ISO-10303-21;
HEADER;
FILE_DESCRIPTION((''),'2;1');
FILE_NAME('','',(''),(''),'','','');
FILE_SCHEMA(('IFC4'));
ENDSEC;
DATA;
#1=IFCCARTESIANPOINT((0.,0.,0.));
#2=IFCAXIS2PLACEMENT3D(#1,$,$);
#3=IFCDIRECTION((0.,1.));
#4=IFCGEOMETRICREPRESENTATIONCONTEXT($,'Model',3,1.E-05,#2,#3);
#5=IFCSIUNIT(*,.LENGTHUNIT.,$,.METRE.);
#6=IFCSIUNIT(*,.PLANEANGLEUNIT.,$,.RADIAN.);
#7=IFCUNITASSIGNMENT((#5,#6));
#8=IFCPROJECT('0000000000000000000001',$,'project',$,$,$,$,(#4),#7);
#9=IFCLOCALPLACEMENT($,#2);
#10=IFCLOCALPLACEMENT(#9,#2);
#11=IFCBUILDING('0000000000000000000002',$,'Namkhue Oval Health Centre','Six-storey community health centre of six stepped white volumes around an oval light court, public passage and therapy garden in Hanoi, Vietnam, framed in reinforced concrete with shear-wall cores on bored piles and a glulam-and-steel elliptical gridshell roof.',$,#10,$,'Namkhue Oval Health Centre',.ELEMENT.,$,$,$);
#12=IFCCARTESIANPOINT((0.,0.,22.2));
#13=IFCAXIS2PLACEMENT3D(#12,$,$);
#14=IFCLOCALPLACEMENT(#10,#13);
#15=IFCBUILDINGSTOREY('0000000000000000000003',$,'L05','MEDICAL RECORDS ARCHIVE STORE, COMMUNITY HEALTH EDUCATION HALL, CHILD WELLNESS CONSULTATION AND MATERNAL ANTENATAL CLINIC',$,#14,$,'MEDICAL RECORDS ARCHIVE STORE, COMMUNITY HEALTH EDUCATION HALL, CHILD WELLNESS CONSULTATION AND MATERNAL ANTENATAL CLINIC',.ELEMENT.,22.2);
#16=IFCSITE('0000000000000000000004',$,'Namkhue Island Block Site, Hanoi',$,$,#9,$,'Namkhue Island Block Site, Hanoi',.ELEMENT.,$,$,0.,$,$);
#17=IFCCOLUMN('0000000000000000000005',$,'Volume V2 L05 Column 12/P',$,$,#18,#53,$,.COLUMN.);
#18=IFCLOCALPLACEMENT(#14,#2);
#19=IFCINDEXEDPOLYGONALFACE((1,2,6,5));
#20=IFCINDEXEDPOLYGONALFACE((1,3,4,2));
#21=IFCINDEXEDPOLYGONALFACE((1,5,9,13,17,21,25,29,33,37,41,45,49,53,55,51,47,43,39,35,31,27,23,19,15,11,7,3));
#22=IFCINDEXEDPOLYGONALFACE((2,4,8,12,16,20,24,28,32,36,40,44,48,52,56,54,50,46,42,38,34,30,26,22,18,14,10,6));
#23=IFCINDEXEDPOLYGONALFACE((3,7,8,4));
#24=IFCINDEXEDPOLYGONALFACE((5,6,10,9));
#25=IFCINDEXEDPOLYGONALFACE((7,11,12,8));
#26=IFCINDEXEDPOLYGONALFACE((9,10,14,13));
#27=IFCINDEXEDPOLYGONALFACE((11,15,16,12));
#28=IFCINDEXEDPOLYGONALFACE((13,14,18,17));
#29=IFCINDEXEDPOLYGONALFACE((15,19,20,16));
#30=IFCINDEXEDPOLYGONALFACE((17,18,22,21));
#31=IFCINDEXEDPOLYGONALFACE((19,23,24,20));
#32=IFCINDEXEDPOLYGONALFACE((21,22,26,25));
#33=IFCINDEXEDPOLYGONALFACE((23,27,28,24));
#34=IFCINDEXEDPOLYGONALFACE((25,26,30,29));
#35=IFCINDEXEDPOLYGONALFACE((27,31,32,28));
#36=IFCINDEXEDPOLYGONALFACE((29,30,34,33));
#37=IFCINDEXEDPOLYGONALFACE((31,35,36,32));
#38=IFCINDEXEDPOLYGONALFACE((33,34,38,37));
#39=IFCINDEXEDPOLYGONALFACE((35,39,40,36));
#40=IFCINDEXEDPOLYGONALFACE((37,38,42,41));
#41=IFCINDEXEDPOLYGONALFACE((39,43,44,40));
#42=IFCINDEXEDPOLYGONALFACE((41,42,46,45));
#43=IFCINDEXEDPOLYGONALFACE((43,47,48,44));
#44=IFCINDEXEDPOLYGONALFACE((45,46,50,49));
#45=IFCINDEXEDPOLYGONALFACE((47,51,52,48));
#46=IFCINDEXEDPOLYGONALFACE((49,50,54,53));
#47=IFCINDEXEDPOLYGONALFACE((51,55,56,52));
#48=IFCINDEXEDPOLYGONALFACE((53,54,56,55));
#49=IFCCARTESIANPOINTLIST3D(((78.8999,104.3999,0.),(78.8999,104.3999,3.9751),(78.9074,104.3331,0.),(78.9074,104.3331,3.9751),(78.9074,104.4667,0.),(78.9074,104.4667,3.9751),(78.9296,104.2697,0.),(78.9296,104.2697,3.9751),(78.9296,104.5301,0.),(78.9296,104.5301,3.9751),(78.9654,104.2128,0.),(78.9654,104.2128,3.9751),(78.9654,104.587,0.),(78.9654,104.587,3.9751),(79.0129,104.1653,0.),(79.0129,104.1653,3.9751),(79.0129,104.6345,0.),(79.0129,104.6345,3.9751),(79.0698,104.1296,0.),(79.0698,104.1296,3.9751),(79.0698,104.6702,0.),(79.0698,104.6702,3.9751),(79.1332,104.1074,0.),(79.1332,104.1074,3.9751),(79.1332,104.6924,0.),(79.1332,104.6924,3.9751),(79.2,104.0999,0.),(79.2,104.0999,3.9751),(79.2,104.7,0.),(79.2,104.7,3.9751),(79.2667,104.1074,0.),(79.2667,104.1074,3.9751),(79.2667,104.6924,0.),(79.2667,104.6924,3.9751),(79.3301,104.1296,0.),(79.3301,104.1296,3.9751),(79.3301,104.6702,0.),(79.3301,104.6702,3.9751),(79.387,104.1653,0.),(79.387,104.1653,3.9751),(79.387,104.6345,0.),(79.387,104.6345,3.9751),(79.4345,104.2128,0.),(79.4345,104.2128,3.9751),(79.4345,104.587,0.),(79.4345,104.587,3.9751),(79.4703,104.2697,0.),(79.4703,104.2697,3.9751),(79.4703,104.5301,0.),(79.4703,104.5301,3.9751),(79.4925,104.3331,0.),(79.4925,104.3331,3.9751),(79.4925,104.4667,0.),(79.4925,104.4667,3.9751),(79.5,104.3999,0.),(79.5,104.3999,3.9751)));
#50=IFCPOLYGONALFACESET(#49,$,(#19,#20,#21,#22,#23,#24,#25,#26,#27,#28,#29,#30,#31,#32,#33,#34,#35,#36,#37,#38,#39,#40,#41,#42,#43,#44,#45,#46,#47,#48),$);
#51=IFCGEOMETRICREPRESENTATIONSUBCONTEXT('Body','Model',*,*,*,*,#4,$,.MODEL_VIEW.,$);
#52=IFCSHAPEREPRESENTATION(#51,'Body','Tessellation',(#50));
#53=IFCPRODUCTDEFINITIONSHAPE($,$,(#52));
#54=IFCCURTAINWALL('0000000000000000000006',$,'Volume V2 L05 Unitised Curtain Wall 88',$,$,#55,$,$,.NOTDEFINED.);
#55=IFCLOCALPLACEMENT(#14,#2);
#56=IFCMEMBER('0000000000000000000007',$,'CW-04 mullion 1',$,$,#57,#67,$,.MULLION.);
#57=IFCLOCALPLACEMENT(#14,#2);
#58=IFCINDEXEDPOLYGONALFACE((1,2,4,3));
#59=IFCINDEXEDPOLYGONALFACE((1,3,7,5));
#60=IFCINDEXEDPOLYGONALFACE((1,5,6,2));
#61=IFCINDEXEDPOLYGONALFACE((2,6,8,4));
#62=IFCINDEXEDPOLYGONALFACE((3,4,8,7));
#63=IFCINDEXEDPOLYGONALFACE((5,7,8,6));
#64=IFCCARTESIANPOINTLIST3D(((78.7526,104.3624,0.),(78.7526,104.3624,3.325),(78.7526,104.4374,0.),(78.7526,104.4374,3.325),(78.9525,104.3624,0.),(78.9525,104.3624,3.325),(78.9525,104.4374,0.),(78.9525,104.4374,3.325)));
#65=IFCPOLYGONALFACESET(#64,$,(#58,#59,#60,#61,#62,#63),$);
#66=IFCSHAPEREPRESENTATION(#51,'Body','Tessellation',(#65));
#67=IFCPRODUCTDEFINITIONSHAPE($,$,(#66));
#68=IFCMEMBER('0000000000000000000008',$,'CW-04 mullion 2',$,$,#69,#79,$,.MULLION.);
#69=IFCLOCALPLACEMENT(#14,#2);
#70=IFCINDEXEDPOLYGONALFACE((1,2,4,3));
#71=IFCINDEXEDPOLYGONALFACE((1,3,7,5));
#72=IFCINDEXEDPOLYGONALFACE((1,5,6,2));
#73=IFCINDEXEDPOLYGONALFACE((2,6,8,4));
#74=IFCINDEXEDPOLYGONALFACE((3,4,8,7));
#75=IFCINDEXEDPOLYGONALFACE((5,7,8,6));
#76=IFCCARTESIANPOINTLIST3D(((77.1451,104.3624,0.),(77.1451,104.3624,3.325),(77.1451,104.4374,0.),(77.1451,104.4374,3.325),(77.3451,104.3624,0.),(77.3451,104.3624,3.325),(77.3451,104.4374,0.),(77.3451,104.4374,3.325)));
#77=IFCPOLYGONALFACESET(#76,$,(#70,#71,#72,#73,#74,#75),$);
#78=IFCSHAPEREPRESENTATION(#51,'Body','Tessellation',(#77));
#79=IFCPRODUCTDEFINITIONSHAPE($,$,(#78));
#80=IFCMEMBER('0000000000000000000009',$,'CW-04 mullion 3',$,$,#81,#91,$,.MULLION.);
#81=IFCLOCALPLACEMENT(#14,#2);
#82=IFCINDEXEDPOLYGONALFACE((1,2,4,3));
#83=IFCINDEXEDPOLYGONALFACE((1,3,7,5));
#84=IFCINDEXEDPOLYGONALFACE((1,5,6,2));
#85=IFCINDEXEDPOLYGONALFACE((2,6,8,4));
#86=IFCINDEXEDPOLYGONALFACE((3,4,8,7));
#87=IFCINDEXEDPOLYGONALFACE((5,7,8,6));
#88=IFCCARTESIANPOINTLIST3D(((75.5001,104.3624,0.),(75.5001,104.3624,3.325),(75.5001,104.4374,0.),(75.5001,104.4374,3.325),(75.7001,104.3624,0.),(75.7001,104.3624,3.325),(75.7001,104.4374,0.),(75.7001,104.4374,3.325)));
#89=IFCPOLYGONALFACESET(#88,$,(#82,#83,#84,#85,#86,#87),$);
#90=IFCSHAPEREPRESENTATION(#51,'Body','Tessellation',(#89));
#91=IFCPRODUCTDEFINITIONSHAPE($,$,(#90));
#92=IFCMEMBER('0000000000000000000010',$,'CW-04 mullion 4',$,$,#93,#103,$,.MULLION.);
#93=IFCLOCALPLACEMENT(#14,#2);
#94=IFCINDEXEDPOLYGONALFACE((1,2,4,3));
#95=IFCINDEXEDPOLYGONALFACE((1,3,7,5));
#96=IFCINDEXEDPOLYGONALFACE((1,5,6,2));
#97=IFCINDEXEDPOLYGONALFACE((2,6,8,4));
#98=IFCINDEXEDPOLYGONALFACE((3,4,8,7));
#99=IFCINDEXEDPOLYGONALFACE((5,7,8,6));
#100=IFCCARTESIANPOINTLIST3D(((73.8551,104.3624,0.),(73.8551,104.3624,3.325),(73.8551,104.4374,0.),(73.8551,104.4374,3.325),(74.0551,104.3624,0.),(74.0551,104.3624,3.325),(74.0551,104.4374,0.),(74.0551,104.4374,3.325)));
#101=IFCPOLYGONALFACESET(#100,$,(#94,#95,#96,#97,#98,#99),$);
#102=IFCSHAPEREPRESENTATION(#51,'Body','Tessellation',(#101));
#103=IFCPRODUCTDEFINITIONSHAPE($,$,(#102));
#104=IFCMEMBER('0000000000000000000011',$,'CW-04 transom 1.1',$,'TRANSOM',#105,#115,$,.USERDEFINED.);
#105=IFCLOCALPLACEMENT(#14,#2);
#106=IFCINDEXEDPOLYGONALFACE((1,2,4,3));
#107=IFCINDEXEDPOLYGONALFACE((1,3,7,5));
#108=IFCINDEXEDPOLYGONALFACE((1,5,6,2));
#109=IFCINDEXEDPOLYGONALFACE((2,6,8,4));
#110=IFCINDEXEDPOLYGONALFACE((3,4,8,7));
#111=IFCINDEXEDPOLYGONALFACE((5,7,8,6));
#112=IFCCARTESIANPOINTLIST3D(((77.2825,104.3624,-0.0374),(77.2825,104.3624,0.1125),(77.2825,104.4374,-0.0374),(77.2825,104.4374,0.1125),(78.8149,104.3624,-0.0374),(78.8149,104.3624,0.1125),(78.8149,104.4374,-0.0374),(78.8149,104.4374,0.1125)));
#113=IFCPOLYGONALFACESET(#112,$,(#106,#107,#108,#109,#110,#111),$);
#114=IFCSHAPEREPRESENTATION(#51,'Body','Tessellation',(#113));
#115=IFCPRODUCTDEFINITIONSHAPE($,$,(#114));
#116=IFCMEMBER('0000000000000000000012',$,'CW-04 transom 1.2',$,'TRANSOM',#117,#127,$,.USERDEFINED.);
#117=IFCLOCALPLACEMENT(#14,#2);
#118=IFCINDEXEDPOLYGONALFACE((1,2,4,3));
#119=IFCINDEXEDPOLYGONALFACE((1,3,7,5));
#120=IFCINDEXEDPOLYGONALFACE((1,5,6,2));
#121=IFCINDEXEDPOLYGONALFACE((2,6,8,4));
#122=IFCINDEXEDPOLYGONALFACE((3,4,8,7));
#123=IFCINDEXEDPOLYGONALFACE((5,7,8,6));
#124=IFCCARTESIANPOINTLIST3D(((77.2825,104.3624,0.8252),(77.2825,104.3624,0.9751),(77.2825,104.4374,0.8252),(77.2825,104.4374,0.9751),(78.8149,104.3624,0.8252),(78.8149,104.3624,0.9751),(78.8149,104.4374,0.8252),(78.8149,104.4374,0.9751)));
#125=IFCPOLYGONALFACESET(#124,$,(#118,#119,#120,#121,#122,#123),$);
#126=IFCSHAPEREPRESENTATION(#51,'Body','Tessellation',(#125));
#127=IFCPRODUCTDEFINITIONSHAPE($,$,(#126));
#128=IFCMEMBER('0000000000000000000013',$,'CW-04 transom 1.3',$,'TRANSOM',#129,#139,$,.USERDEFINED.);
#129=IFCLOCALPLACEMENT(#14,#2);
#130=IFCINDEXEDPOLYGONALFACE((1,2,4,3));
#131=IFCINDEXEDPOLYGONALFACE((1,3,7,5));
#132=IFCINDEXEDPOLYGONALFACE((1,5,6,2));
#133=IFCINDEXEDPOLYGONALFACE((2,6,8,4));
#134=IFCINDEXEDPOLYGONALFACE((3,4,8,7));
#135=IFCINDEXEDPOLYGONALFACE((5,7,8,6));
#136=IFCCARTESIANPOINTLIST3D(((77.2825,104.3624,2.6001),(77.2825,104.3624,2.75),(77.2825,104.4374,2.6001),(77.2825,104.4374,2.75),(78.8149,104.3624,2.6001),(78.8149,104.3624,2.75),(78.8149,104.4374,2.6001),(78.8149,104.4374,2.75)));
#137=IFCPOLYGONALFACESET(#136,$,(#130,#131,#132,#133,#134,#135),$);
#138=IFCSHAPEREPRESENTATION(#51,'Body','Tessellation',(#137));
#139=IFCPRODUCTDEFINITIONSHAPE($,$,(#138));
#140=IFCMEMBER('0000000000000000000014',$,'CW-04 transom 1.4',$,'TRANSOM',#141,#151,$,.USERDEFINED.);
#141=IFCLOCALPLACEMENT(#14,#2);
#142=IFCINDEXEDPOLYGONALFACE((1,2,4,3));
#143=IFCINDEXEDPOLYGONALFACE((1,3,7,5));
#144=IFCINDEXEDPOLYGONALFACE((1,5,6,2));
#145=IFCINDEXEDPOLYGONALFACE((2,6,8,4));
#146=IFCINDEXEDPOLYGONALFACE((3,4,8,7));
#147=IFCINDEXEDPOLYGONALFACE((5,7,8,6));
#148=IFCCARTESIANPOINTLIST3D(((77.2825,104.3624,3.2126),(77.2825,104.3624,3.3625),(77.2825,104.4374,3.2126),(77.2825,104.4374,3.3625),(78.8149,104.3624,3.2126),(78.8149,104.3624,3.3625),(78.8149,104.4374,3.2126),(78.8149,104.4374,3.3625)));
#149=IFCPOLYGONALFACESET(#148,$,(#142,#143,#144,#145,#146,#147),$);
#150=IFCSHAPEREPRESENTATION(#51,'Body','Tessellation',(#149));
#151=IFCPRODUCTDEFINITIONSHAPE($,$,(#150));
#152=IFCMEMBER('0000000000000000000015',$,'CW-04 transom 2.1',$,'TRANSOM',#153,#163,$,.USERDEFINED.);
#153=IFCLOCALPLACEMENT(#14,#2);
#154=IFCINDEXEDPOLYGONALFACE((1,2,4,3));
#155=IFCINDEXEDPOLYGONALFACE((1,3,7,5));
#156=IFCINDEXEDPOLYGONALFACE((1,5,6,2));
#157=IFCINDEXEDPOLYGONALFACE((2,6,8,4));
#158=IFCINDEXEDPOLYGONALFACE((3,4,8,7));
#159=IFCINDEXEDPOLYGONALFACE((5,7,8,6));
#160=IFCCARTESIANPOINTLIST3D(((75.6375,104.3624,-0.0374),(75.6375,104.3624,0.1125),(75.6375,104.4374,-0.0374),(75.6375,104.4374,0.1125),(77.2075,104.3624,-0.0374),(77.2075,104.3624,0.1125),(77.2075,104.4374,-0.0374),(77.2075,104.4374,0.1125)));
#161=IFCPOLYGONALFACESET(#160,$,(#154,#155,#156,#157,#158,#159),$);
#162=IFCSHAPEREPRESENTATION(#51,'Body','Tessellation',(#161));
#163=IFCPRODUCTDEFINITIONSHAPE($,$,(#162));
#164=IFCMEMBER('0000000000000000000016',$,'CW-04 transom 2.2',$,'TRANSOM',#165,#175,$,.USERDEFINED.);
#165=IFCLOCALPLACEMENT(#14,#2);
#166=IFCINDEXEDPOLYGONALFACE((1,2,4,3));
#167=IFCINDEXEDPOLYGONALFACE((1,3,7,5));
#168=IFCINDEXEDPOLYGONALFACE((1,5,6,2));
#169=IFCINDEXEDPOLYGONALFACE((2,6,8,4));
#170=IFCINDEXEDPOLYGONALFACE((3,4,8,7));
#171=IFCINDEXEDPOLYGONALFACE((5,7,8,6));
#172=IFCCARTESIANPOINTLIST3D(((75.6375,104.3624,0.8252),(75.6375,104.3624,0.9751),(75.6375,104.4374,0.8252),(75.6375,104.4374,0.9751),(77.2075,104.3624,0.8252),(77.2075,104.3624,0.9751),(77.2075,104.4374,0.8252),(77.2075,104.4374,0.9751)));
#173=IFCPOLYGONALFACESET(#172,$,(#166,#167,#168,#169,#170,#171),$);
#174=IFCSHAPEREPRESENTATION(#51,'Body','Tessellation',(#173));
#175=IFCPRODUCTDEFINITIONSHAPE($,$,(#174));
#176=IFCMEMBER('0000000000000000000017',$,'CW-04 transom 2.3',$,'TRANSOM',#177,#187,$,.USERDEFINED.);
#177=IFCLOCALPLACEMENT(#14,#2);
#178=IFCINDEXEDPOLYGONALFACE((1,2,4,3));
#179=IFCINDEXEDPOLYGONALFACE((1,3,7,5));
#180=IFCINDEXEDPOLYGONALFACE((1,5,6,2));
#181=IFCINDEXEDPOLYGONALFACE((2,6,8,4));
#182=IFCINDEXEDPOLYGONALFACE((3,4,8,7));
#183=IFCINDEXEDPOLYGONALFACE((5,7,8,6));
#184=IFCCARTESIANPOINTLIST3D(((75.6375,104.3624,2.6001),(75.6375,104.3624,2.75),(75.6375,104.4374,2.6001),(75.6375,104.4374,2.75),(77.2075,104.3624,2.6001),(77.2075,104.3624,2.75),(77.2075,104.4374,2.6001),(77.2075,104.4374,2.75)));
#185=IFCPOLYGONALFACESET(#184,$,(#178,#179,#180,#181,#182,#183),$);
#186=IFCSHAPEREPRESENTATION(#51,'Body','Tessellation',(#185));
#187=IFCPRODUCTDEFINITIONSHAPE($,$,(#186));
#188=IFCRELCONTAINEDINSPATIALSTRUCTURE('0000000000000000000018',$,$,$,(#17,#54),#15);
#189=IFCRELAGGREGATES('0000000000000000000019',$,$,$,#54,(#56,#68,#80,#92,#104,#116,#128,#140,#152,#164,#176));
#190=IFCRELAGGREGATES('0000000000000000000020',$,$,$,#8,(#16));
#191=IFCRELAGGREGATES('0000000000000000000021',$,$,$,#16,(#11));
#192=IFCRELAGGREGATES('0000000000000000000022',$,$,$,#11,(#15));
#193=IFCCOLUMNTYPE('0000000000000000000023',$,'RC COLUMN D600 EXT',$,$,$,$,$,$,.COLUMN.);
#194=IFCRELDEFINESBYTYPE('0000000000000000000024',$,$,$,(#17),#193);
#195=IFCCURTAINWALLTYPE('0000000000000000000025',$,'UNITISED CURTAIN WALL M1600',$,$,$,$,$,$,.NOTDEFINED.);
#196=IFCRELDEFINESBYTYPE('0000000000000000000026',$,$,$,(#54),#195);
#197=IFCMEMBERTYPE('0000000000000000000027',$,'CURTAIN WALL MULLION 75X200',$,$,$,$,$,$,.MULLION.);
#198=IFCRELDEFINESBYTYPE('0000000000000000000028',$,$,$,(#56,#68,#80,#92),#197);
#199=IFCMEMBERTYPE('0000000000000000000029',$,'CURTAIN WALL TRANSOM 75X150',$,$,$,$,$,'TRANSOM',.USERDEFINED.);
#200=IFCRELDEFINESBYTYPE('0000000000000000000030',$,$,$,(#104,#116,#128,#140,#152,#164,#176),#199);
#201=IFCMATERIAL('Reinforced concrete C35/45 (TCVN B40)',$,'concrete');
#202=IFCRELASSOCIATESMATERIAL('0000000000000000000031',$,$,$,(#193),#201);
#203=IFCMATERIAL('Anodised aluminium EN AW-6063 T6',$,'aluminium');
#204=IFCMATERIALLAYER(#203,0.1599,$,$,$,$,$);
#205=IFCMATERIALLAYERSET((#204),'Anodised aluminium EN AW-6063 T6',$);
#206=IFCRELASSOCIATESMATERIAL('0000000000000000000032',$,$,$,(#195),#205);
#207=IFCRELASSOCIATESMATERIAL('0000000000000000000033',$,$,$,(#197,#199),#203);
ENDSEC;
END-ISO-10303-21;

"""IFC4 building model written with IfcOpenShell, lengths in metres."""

from ifc_helpers import new_model, si_unit, direction, frame, origin, origin_2d, place, context, subcontext, project, spatial, rectangle, circle, extrude, material, layer, layer_set, material_profile, profile_set, type_object, element, aggregate, save


model = new_model("IFC4")

# Units and contexts
model_context = context("Model", 3, precision=1e-05, world=origin(), true_north=direction((0.0, 1.0)))
body_context = subcontext(model_context, "Body", "Model", "MODEL_VIEW")
ifc_project = project(units=[si_unit("LENGTHUNIT", "METRE"), si_unit("PLANEANGLEUNIT", "RADIAN")], contexts=[model_context])

# Site, building, storey
site_placement = place(None, origin())
site = spatial("IfcSite", under=ifc_project, at=site_placement, Name="Namkhue Island Block Site, Hanoi", LongName="Namkhue Island Block Site, Hanoi", CompositionType="ELEMENT", RefElevation=0.0)
building_placement = place(site_placement, origin())
building = spatial("IfcBuilding", under=site, at=building_placement, Name="Namkhue Oval Health Centre", Description="Six-storey community health centre of six stepped white volumes around an oval light court, public passage and therapy garden in Hanoi, Vietnam, framed in reinforced concrete with shear-wall cores on bored piles and a glulam-and-steel elliptical gridshell roof.", LongName="Namkhue Oval Health Centre", CompositionType="ELEMENT")
storey_placement = place(building_placement, frame((0.0, 0.0, 22.2)))
storey = spatial("IfcBuildingStorey", under=building, at=storey_placement, Name="L05", Description="MEDICAL RECORDS ARCHIVE STORE, COMMUNITY HEALTH EDUCATION HALL, CHILD WELLNESS CONSULTATION AND MATERNAL ANTENATAL CLINIC", LongName="MEDICAL RECORDS ARCHIVE STORE, COMMUNITY HEALTH EDUCATION HALL, CHILD WELLNESS CONSULTATION AND MATERNAL ANTENATAL CLINIC", CompositionType="ELEMENT", Elevation=22.2)

# Column
ifc_material_1 = material(Name="Reinforced concrete C35/45 (TCVN B40)", Category="concrete")
ifc_material_profile_1 = material_profile(ifc_material_1, circle(Radius=0.3, at=origin_2d()), Name="RC D600")
ifc_profile_set_1 = profile_set([ifc_material_profile_1], Name="Reinforced concrete C35/45 (TCVN B40)")
column_type = type_object("IfcColumnType", Name="RC COLUMN D600 EXT", PredefinedType="COLUMN", material=ifc_profile_set_1)
column_placement = place(storey_placement, frame((79.2, 104.3999, 0.0), z_axis=(0.0, 0.0, 1.0), x_axis=(1.0, 0.0, 0.0)))
element("IfcColumn", 1, at=column_placement, inside=storey, type_object=column_type, Name="Volume V2 L05 Column 12/P", PredefinedType="COLUMN", context=body_context, shape_type="SweptSolid", body=[
    extrude(circle(Radius=0.3, at=origin_2d()), origin(), (0.0, 0.0, 1.0), 3.9751),
])

# Curtain wall, members
ifc_material_2 = material(Name="Anodised aluminium EN AW-6063 T6", Category="aluminium")
ifc_layer_1 = layer(ifc_material_2, 0.1599)
ifc_layer_set_1 = layer_set([ifc_layer_1], Name="Anodised aluminium EN AW-6063 T6")
curtain_wall_type = type_object("IfcCurtainWallType", Name="UNITISED CURTAIN WALL M1600", PredefinedType="NOTDEFINED", material=ifc_layer_set_1)
curtain_wall_placement = place(storey_placement, origin())
curtain_wall = element("IfcCurtainWall", 2, at=curtain_wall_placement, inside=storey, type_object=curtain_wall_type, Name="Volume V2 L05 Unitised Curtain Wall 88", PredefinedType="NOTDEFINED")
ifc_material_profile_2 = material_profile(ifc_material_2, rectangle(XDim=0.075, YDim=0.2, at=origin_2d()), Name="ALU 75x200")
ifc_profile_set_2 = profile_set([ifc_material_profile_2], Name="Anodised aluminium EN AW-6063 T6")
member_type_1 = type_object("IfcMemberType", Name="CURTAIN WALL MULLION 75X200", PredefinedType="MULLION", material=ifc_profile_set_2)
member_1_placement = place(storey_placement, frame((78.8525, 104.3999, 0.0), z_axis=(0.0, 0.0, 1.0), x_axis=(0.0, -1.0, 0.0)))
member_1 = element("IfcMember", 3, at=member_1_placement, type_object=member_type_1, Name="CW-04 mullion 1", PredefinedType="MULLION", context=body_context, shape_type="SweptSolid", body=[
    extrude(rectangle(XDim=0.075, YDim=0.2, at=origin_2d()), origin(), (0.0, 0.0, 1.0), 3.325),
])
member_2_placement = place(storey_placement, frame((77.2451, 104.3999, 0.0), z_axis=(0.0, 0.0, 1.0), x_axis=(0.0, -1.0, 0.0)))
member_2 = element("IfcMember", 4, at=member_2_placement, type_object=member_type_1, Name="CW-04 mullion 2", PredefinedType="MULLION", context=body_context, shape_type="SweptSolid", body=[
    extrude(rectangle(XDim=0.075, YDim=0.2, at=origin_2d()), origin(), (0.0, 0.0, 1.0), 3.325),
])
member_3_placement = place(storey_placement, frame((75.6001, 104.3999, 0.0), z_axis=(0.0, 0.0, 1.0), x_axis=(0.0, -1.0, 0.0)))
member_3 = element("IfcMember", 5, at=member_3_placement, type_object=member_type_1, Name="CW-04 mullion 3", PredefinedType="MULLION", context=body_context, shape_type="SweptSolid", body=[
    extrude(rectangle(XDim=0.075, YDim=0.2, at=origin_2d()), origin(), (0.0, 0.0, 1.0), 3.325),
])
member_4_placement = place(storey_placement, frame((73.9551, 104.3999, 0.0), z_axis=(0.0, 0.0, 1.0), x_axis=(0.0, -1.0, 0.0)))
member_4 = element("IfcMember", 6, at=member_4_placement, type_object=member_type_1, Name="CW-04 mullion 4", PredefinedType="MULLION", context=body_context, shape_type="SweptSolid", body=[
    extrude(rectangle(XDim=0.075, YDim=0.2, at=origin_2d()), origin(), (0.0, 0.0, 1.0), 3.325),
])
ifc_material_profile_3 = material_profile(ifc_material_2, rectangle(XDim=0.075, YDim=0.1499, at=origin_2d()), Name="ALU 75x150")
ifc_profile_set_3 = profile_set([ifc_material_profile_3], Name="Anodised aluminium EN AW-6063 T6")
member_type_2 = type_object("IfcMemberType", Name="CURTAIN WALL TRANSOM 75X150", ElementType="TRANSOM", PredefinedType="USERDEFINED", material=ifc_profile_set_3)
member_5_placement = place(storey_placement, frame((78.8149, 104.3999, 0.0376), z_axis=(-1.0, 0.0, 0.0), x_axis=(0.0, -1.0, 0.0)))
member_5 = element("IfcMember", 7, at=member_5_placement, type_object=member_type_2, Name="CW-04 transom 1.1", ObjectType="TRANSOM", PredefinedType="USERDEFINED", context=body_context, shape_type="SweptSolid", body=[
    extrude(rectangle(XDim=0.075, YDim=0.1499, at=origin_2d()), origin(), (0.0, 0.0, 1.0), 1.5325),
])
member_6_placement = place(storey_placement, frame((78.8149, 104.3999, 0.9001), z_axis=(-1.0, 0.0, 0.0), x_axis=(0.0, -1.0, 0.0)))
member_6 = element("IfcMember", 8, at=member_6_placement, type_object=member_type_2, Name="CW-04 transom 1.2", ObjectType="TRANSOM", PredefinedType="USERDEFINED", context=body_context, shape_type="SweptSolid", body=[
    extrude(rectangle(XDim=0.075, YDim=0.1499, at=origin_2d()), origin(), (0.0, 0.0, 1.0), 1.5325),
])
member_7_placement = place(storey_placement, frame((78.8149, 104.3999, 2.675), z_axis=(-1.0, 0.0, 0.0), x_axis=(0.0, -1.0, 0.0)))
member_7 = element("IfcMember", 9, at=member_7_placement, type_object=member_type_2, Name="CW-04 transom 1.3", ObjectType="TRANSOM", PredefinedType="USERDEFINED", context=body_context, shape_type="SweptSolid", body=[
    extrude(rectangle(XDim=0.075, YDim=0.1499, at=origin_2d()), origin(), (0.0, 0.0, 1.0), 1.5325),
])
member_8_placement = place(storey_placement, frame((78.8149, 104.3999, 3.2876), z_axis=(-1.0, 0.0, 0.0), x_axis=(0.0, -1.0, 0.0)))
member_8 = element("IfcMember", 10, at=member_8_placement, type_object=member_type_2, Name="CW-04 transom 1.4", ObjectType="TRANSOM", PredefinedType="USERDEFINED", context=body_context, shape_type="SweptSolid", body=[
    extrude(rectangle(XDim=0.075, YDim=0.1499, at=origin_2d()), origin(), (0.0, 0.0, 1.0), 1.5325),
])
member_9_placement = place(storey_placement, frame((77.2075, 104.3999, 0.0376), z_axis=(-1.0, 0.0, 0.0), x_axis=(0.0, -1.0, 0.0)))
member_9 = element("IfcMember", 11, at=member_9_placement, type_object=member_type_2, Name="CW-04 transom 2.1", ObjectType="TRANSOM", PredefinedType="USERDEFINED", context=body_context, shape_type="SweptSolid", body=[
    extrude(rectangle(XDim=0.075, YDim=0.1499, at=origin_2d()), origin(), (0.0, 0.0, 1.0), 1.5701),
])
member_10_placement = place(storey_placement, frame((77.2075, 104.3999, 0.9001), z_axis=(-1.0, 0.0, 0.0), x_axis=(0.0, -1.0, 0.0)))
member_10 = element("IfcMember", 12, at=member_10_placement, type_object=member_type_2, Name="CW-04 transom 2.2", ObjectType="TRANSOM", PredefinedType="USERDEFINED", context=body_context, shape_type="SweptSolid", body=[
    extrude(rectangle(XDim=0.075, YDim=0.1499, at=origin_2d()), origin(), (0.0, 0.0, 1.0), 1.5701),
])
member_11_placement = place(storey_placement, frame((77.2075, 104.3999, 2.675), z_axis=(-1.0, 0.0, 0.0), x_axis=(0.0, -1.0, 0.0)))
member_11 = element("IfcMember", 13, at=member_11_placement, type_object=member_type_2, Name="CW-04 transom 2.3", ObjectType="TRANSOM", PredefinedType="USERDEFINED", context=body_context, shape_type="SweptSolid", body=[
    extrude(rectangle(XDim=0.075, YDim=0.1499, at=origin_2d()), origin(), (0.0, 0.0, 1.0), 1.5701),
])

aggregate(curtain_wall, [member_1, member_2, member_3, member_4, member_5, member_6, member_7, member_8, member_9, member_10, member_11])

save(model, "model.ifc")
